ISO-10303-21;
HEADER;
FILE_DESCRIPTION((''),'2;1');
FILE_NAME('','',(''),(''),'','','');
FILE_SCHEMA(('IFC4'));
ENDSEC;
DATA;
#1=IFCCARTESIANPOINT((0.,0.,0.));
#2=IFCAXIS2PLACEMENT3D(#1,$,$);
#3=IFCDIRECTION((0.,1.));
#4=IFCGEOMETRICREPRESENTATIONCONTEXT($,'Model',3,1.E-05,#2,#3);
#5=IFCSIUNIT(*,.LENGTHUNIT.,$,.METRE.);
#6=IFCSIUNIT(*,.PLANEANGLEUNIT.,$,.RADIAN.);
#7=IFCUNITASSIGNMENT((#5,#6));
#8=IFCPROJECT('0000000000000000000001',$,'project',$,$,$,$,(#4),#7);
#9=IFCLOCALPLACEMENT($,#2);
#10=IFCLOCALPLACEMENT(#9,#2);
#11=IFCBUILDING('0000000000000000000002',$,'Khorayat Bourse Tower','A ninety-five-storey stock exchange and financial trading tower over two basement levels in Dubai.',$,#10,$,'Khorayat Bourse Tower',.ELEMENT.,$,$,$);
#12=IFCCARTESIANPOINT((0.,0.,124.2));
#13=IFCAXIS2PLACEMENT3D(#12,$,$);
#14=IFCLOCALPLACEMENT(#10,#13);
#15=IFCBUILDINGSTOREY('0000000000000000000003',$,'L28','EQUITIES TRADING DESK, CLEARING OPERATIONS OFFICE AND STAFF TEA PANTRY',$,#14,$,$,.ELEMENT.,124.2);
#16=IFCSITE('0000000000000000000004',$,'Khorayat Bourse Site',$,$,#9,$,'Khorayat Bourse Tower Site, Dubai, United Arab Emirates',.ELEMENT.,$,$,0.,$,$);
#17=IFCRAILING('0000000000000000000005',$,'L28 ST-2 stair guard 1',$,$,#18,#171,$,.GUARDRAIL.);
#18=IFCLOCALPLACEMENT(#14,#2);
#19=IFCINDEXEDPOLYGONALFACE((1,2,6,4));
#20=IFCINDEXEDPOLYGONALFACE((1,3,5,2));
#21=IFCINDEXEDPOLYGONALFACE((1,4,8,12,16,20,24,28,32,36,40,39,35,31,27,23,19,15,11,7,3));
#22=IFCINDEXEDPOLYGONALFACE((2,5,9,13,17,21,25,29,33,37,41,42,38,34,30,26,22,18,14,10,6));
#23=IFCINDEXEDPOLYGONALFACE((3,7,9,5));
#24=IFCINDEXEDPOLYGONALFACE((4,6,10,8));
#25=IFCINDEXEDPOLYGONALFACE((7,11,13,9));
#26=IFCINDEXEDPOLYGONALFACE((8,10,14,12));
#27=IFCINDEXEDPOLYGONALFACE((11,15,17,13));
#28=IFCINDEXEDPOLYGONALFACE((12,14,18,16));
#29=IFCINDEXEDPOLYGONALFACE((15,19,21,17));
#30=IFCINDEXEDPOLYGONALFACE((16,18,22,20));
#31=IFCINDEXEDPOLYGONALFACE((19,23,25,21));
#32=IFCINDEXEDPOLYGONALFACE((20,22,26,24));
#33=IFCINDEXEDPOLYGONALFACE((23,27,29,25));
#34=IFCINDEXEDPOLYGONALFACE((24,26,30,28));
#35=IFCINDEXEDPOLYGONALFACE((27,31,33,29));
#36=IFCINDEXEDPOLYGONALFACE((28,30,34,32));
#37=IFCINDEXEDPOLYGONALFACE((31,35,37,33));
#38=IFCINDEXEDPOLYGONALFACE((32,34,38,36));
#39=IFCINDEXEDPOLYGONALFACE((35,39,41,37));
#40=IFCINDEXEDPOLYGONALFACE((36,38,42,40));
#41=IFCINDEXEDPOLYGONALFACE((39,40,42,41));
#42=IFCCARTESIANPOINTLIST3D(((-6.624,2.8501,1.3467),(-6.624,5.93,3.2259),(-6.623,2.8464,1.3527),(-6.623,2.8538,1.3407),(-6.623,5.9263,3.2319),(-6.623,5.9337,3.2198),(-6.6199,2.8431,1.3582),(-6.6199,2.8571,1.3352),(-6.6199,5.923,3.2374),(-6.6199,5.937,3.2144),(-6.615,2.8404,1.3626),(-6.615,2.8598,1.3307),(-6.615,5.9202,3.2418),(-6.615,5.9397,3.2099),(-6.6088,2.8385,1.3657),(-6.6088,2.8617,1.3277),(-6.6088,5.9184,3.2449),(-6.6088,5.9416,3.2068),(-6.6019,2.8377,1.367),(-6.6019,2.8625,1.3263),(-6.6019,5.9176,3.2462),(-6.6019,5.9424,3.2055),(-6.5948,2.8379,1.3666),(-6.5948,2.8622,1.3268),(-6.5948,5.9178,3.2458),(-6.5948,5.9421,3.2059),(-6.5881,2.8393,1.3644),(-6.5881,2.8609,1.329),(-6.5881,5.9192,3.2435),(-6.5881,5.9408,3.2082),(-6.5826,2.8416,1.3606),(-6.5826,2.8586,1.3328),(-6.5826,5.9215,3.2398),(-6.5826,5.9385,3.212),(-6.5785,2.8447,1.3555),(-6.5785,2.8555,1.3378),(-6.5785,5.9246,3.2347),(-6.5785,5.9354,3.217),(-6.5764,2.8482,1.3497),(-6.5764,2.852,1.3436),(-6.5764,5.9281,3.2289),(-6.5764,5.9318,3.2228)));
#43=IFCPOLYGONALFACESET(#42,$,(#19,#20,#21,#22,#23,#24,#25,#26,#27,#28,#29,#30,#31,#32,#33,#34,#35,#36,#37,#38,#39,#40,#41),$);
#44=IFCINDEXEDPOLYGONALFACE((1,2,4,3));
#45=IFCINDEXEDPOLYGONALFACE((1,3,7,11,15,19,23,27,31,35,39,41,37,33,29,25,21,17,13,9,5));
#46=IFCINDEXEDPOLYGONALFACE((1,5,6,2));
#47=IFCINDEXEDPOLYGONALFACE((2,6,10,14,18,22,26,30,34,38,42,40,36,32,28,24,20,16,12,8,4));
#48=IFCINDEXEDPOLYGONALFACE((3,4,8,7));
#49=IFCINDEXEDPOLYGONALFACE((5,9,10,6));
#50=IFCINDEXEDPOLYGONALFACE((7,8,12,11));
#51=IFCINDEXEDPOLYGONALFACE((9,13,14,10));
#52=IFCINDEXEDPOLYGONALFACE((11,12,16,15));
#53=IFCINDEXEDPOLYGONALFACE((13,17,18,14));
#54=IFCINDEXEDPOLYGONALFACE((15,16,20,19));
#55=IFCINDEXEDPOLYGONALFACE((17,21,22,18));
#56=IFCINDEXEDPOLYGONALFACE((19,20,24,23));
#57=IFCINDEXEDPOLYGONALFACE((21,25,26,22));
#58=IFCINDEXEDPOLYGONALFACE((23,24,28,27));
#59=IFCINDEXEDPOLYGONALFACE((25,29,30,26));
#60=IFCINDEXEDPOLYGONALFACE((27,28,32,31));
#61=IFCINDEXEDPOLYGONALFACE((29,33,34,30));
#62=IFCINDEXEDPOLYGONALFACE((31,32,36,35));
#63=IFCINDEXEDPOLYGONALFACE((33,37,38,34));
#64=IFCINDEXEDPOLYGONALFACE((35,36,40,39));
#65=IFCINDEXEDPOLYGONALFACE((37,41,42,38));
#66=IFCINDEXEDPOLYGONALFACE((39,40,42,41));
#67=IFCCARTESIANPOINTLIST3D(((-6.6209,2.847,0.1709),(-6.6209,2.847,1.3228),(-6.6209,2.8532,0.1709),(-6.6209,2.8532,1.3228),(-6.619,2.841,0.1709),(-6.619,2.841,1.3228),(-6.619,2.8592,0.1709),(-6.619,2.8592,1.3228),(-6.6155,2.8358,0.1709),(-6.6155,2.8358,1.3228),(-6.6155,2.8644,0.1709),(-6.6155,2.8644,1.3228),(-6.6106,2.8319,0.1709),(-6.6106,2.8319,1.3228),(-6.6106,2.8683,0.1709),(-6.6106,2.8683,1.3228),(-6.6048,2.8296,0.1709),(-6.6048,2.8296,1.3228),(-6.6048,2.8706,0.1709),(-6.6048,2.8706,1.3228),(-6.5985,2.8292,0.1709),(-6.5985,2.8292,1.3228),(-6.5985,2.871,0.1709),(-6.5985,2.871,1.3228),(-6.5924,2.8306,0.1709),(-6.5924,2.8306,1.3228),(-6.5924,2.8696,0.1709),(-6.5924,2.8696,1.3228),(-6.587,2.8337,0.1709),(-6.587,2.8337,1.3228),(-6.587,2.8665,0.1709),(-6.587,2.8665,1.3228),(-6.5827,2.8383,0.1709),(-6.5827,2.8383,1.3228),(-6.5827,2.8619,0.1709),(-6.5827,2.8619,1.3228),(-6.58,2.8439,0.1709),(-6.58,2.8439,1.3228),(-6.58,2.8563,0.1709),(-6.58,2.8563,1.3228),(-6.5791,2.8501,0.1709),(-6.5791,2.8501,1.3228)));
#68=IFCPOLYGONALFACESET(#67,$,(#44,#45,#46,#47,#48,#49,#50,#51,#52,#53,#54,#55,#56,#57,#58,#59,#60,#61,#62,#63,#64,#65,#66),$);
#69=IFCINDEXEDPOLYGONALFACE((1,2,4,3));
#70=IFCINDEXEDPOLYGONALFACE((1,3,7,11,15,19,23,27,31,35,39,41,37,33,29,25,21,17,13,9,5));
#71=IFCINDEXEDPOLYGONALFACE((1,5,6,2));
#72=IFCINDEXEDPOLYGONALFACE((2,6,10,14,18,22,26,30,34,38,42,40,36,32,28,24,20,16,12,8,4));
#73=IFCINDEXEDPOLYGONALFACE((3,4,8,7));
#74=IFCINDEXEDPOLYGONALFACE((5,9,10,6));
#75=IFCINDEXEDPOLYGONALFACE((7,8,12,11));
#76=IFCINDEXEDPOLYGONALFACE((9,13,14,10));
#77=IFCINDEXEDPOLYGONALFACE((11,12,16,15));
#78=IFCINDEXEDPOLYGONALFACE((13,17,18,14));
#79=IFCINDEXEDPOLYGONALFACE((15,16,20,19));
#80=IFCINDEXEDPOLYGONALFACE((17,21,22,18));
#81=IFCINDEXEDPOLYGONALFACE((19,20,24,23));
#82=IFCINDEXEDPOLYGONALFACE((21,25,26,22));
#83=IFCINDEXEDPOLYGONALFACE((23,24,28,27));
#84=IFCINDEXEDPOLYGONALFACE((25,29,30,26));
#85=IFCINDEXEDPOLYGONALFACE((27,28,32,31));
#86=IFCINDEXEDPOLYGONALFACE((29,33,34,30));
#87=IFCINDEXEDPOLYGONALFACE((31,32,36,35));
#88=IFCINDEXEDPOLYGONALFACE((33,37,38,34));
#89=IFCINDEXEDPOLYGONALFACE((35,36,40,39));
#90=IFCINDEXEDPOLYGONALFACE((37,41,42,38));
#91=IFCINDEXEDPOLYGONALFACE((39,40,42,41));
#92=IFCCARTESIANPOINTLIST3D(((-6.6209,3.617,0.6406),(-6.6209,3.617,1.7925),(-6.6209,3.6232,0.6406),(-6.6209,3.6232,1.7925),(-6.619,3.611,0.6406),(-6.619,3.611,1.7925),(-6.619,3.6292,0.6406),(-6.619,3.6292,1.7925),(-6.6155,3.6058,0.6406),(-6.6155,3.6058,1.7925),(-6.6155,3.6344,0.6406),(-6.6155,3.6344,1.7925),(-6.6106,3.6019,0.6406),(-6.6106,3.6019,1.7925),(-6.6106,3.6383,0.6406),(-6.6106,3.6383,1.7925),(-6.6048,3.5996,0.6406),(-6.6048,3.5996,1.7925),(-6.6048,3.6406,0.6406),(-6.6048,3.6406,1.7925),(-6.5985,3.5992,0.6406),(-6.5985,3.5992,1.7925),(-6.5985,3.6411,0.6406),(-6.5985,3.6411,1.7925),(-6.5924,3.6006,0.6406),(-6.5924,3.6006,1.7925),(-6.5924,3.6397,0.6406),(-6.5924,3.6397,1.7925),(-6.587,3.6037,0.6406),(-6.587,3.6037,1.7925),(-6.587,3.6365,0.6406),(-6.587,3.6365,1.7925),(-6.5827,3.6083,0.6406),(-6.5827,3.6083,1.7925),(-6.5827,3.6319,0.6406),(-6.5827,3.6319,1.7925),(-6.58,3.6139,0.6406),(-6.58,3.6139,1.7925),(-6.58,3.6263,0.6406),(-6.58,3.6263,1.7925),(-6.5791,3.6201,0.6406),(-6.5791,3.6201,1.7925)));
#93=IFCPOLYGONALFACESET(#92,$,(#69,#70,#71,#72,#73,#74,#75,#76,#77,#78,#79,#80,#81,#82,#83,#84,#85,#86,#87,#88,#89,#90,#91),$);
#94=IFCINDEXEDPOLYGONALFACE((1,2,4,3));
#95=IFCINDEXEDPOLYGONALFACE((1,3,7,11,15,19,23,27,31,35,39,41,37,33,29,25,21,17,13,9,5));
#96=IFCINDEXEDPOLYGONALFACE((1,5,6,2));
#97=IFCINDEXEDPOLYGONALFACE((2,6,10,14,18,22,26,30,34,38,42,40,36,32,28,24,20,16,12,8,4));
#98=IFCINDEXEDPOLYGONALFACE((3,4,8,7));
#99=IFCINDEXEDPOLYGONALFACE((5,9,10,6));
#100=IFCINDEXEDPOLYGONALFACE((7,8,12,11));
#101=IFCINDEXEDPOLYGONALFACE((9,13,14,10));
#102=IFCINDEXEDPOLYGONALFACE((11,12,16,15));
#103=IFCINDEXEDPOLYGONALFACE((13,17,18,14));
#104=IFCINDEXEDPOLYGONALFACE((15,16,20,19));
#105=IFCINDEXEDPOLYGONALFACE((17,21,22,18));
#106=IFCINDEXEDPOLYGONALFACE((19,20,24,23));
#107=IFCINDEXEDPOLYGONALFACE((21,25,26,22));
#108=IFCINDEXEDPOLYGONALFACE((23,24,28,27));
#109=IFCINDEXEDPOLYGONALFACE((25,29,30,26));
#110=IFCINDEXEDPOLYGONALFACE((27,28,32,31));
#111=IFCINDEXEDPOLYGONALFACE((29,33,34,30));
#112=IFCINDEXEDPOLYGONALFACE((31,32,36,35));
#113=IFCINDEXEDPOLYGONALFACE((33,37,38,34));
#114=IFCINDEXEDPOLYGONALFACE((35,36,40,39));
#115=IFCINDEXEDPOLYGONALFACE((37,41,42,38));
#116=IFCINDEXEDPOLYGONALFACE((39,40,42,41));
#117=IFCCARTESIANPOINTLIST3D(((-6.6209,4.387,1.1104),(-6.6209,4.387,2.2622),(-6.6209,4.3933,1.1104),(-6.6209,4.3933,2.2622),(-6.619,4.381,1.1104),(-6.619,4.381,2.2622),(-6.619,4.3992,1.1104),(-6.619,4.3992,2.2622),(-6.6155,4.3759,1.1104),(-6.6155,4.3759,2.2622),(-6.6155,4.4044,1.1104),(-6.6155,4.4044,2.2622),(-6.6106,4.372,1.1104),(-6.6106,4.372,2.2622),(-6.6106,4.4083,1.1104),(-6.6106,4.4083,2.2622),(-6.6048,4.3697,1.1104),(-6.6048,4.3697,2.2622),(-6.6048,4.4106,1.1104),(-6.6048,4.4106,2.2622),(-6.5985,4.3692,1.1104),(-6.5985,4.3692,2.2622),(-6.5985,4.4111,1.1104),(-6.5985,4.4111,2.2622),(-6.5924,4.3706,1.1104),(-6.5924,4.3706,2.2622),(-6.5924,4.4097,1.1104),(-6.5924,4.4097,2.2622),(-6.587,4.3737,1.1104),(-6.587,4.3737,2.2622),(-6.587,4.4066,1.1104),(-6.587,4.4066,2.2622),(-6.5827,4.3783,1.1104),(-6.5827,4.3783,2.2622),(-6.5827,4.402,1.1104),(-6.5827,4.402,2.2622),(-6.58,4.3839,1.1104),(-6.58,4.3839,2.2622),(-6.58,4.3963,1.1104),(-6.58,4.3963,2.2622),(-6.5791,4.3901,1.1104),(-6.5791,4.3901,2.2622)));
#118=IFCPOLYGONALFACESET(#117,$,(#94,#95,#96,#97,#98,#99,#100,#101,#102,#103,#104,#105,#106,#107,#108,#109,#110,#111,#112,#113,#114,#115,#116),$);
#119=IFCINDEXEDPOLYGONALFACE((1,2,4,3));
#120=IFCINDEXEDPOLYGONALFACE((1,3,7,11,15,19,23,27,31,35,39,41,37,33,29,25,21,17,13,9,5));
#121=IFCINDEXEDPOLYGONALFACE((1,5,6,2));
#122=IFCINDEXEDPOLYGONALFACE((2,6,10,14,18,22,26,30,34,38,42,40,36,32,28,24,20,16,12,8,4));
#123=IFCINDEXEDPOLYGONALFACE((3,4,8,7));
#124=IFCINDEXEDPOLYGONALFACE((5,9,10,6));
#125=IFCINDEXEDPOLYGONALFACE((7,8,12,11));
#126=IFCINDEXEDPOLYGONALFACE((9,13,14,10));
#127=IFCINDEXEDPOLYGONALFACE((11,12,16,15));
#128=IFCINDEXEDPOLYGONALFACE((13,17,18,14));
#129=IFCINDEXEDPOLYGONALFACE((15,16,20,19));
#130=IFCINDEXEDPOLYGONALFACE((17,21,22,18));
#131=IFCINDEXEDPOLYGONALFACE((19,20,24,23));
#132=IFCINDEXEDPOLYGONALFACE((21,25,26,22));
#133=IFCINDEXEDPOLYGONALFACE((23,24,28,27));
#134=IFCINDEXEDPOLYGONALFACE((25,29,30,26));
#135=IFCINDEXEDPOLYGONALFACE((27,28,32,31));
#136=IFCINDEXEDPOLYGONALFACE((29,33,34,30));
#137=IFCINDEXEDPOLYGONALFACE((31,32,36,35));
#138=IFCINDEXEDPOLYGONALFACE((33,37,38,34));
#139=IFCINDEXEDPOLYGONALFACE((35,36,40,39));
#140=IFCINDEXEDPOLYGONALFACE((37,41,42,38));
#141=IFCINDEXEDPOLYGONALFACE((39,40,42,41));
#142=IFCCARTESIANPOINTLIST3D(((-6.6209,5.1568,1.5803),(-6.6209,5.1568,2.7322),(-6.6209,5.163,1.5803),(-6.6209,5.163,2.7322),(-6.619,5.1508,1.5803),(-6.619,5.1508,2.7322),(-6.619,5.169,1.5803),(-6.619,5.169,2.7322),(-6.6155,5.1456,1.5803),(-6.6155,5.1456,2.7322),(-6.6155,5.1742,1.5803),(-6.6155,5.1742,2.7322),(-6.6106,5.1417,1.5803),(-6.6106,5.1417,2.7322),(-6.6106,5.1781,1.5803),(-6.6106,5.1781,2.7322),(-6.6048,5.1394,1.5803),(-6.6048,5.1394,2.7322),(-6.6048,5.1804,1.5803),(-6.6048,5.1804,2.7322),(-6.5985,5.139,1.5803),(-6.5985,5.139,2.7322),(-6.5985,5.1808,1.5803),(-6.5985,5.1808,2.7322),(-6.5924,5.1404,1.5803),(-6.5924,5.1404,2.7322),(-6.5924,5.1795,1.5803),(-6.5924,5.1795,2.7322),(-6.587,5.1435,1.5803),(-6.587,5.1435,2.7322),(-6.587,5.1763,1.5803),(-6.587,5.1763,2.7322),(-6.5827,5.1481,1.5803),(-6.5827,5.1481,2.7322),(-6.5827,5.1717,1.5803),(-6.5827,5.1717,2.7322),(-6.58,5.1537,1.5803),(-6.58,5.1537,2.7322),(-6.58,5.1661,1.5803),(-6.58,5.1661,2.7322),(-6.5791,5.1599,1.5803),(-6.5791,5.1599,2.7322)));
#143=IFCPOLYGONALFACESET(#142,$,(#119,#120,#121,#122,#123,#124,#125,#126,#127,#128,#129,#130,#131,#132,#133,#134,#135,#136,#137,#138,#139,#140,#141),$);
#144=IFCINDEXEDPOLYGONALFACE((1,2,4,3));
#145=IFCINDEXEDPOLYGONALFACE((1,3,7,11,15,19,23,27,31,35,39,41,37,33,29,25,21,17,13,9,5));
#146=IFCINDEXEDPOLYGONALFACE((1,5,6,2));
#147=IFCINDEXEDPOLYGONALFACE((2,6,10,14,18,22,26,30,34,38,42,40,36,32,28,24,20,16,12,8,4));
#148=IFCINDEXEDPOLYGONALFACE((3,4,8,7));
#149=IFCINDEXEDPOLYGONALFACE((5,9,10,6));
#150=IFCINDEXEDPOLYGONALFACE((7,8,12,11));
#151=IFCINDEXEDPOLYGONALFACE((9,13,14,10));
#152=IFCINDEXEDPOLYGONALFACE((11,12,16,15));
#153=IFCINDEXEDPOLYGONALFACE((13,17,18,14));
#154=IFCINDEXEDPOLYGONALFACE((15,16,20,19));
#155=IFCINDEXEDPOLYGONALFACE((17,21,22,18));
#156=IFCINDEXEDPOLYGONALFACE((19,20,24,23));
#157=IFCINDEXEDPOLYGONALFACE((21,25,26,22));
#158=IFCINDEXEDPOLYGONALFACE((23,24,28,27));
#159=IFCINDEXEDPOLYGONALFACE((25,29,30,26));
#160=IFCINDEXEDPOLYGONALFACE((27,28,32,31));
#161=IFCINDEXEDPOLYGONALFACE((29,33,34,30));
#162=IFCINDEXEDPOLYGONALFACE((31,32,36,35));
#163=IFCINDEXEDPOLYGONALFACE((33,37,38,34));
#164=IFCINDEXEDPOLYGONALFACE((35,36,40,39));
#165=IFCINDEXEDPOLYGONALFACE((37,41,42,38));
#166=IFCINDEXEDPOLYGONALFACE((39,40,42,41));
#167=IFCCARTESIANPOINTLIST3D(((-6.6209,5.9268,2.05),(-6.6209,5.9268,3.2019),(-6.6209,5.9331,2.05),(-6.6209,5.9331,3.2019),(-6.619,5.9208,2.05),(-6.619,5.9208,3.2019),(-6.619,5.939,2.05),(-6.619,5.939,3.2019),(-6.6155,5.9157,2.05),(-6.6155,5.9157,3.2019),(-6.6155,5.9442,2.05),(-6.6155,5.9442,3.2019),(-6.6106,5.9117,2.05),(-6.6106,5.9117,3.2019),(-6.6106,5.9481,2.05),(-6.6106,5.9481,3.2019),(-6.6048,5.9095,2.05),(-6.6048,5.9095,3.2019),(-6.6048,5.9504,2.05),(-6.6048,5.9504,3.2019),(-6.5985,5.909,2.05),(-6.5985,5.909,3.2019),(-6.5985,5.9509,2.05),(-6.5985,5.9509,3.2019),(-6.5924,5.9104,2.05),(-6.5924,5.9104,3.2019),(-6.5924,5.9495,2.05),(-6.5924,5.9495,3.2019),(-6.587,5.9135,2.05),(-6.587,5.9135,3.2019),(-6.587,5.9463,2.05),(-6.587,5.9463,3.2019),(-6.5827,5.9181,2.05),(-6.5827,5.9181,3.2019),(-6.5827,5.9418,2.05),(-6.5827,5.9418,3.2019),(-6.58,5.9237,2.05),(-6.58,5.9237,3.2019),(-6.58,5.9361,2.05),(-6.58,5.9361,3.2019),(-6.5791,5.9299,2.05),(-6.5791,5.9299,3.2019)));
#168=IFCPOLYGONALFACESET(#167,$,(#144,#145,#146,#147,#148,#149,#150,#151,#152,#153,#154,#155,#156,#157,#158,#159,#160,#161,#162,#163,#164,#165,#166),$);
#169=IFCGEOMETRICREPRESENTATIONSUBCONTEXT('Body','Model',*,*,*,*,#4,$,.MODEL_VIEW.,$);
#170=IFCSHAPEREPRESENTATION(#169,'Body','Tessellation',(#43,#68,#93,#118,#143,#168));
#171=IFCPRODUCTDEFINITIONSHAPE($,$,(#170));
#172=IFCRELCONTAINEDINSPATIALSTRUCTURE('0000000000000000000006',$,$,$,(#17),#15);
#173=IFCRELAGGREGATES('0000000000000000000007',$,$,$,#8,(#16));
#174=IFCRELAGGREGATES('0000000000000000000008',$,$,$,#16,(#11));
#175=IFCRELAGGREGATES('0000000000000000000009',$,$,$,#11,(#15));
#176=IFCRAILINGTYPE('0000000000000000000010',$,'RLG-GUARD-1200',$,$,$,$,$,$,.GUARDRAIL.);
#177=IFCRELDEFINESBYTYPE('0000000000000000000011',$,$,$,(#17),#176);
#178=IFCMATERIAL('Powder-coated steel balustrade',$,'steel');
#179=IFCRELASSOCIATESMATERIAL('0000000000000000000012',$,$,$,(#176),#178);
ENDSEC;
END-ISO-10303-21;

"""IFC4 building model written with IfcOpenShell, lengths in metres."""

from ifc_helpers import new_model, si_unit, direction, frame, origin, origin_2d, place, context, subcontext, project, spatial, circle, extrude, source, transform, mapped, material, type_object, element, save


model = new_model("IFC4")

# Units and contexts
model_context = context("Model", 3, precision=1e-05, world=origin(), true_north=direction((0.0, 1.0)))
body_context = subcontext(model_context, "Body", "Model", "MODEL_VIEW")
ifc_project = project(units=[si_unit("LENGTHUNIT", "METRE"), si_unit("PLANEANGLEUNIT", "RADIAN")], contexts=[model_context])

# Site, building, storey
site_placement = place(None, origin())
site = spatial("IfcSite", under=ifc_project, at=site_placement, Name="Khorayat Bourse Site", LongName="Khorayat Bourse Tower Site, Dubai, United Arab Emirates", CompositionType="ELEMENT", RefElevation=0.0)
building_placement = place(site_placement, origin())
building = spatial("IfcBuilding", under=site, at=building_placement, Name="Khorayat Bourse Tower", Description="A ninety-five-storey stock exchange and financial trading tower over two basement levels in Dubai.", LongName="Khorayat Bourse Tower", CompositionType="ELEMENT")
storey_placement = place(building_placement, frame((0.0, 0.0, 124.2)))
storey = spatial("IfcBuildingStorey", under=building, at=storey_placement, Name="L28", Description="EQUITIES TRADING DESK, CLEARING OPERATIONS OFFICE AND STAFF TEA PANTRY", CompositionType="ELEMENT", Elevation=124.2)

# Railing
ifc_material_1 = material(Name="Powder-coated steel balustrade", Category="steel")
railing_type_1 = type_object("IfcRailingType", Name="RLG-GUARD-1200", PredefinedType="GUARDRAIL", material=ifc_material_1)
shared_shape_1 = source(origin(), body_context, "Body", "SweptSolid", [
    extrude(circle(Radius=0.0239, at=origin_2d()), frame((0.0, 0.0, 1.1758), z_axis=(0.0, 0.853648, 0.52085), x_axis=(-1.0, 0.0, 0.0)), (0.0, 0.0, 1.0), 3.6079),
    extrude(circle(Radius=0.021, at=origin_2d()), origin(), (0.0, 0.0, 1.0), 1.1519),
    extrude(circle(Radius=0.021, at=origin_2d()), frame((0.0, 0.77, 0.4697)), (0.0, 0.0, 1.0), 1.1519),
    extrude(circle(Radius=0.021, at=origin_2d()), frame((0.0, 1.54, 0.9395)), (0.0, 0.0, 1.0), 1.1519),
    extrude(circle(Radius=0.021, at=origin_2d()), frame((0.0, 2.3098, 1.4094)), (0.0, 0.0, 1.0), 1.1519),
    extrude(circle(Radius=0.021, at=origin_2d()), frame((0.0, 3.0798, 1.8792)), (0.0, 0.0, 1.0), 1.1519),
])
railing_1_placement = place(storey_placement, frame((-6.6001, 2.8501, 0.1709)))
element("IfcRailing", 1, at=railing_1_placement, inside=storey, type_object=railing_type_1, Name="L28 ST-2 stair guard 1", PredefinedType="GUARDRAIL", context=body_context, shape_type="MappedRepresentation", body=[
    mapped(shared_shape_1, transform((0.0, 0.0, 0.0), scale=1.0)),
])

save(model, "model.ifc")
